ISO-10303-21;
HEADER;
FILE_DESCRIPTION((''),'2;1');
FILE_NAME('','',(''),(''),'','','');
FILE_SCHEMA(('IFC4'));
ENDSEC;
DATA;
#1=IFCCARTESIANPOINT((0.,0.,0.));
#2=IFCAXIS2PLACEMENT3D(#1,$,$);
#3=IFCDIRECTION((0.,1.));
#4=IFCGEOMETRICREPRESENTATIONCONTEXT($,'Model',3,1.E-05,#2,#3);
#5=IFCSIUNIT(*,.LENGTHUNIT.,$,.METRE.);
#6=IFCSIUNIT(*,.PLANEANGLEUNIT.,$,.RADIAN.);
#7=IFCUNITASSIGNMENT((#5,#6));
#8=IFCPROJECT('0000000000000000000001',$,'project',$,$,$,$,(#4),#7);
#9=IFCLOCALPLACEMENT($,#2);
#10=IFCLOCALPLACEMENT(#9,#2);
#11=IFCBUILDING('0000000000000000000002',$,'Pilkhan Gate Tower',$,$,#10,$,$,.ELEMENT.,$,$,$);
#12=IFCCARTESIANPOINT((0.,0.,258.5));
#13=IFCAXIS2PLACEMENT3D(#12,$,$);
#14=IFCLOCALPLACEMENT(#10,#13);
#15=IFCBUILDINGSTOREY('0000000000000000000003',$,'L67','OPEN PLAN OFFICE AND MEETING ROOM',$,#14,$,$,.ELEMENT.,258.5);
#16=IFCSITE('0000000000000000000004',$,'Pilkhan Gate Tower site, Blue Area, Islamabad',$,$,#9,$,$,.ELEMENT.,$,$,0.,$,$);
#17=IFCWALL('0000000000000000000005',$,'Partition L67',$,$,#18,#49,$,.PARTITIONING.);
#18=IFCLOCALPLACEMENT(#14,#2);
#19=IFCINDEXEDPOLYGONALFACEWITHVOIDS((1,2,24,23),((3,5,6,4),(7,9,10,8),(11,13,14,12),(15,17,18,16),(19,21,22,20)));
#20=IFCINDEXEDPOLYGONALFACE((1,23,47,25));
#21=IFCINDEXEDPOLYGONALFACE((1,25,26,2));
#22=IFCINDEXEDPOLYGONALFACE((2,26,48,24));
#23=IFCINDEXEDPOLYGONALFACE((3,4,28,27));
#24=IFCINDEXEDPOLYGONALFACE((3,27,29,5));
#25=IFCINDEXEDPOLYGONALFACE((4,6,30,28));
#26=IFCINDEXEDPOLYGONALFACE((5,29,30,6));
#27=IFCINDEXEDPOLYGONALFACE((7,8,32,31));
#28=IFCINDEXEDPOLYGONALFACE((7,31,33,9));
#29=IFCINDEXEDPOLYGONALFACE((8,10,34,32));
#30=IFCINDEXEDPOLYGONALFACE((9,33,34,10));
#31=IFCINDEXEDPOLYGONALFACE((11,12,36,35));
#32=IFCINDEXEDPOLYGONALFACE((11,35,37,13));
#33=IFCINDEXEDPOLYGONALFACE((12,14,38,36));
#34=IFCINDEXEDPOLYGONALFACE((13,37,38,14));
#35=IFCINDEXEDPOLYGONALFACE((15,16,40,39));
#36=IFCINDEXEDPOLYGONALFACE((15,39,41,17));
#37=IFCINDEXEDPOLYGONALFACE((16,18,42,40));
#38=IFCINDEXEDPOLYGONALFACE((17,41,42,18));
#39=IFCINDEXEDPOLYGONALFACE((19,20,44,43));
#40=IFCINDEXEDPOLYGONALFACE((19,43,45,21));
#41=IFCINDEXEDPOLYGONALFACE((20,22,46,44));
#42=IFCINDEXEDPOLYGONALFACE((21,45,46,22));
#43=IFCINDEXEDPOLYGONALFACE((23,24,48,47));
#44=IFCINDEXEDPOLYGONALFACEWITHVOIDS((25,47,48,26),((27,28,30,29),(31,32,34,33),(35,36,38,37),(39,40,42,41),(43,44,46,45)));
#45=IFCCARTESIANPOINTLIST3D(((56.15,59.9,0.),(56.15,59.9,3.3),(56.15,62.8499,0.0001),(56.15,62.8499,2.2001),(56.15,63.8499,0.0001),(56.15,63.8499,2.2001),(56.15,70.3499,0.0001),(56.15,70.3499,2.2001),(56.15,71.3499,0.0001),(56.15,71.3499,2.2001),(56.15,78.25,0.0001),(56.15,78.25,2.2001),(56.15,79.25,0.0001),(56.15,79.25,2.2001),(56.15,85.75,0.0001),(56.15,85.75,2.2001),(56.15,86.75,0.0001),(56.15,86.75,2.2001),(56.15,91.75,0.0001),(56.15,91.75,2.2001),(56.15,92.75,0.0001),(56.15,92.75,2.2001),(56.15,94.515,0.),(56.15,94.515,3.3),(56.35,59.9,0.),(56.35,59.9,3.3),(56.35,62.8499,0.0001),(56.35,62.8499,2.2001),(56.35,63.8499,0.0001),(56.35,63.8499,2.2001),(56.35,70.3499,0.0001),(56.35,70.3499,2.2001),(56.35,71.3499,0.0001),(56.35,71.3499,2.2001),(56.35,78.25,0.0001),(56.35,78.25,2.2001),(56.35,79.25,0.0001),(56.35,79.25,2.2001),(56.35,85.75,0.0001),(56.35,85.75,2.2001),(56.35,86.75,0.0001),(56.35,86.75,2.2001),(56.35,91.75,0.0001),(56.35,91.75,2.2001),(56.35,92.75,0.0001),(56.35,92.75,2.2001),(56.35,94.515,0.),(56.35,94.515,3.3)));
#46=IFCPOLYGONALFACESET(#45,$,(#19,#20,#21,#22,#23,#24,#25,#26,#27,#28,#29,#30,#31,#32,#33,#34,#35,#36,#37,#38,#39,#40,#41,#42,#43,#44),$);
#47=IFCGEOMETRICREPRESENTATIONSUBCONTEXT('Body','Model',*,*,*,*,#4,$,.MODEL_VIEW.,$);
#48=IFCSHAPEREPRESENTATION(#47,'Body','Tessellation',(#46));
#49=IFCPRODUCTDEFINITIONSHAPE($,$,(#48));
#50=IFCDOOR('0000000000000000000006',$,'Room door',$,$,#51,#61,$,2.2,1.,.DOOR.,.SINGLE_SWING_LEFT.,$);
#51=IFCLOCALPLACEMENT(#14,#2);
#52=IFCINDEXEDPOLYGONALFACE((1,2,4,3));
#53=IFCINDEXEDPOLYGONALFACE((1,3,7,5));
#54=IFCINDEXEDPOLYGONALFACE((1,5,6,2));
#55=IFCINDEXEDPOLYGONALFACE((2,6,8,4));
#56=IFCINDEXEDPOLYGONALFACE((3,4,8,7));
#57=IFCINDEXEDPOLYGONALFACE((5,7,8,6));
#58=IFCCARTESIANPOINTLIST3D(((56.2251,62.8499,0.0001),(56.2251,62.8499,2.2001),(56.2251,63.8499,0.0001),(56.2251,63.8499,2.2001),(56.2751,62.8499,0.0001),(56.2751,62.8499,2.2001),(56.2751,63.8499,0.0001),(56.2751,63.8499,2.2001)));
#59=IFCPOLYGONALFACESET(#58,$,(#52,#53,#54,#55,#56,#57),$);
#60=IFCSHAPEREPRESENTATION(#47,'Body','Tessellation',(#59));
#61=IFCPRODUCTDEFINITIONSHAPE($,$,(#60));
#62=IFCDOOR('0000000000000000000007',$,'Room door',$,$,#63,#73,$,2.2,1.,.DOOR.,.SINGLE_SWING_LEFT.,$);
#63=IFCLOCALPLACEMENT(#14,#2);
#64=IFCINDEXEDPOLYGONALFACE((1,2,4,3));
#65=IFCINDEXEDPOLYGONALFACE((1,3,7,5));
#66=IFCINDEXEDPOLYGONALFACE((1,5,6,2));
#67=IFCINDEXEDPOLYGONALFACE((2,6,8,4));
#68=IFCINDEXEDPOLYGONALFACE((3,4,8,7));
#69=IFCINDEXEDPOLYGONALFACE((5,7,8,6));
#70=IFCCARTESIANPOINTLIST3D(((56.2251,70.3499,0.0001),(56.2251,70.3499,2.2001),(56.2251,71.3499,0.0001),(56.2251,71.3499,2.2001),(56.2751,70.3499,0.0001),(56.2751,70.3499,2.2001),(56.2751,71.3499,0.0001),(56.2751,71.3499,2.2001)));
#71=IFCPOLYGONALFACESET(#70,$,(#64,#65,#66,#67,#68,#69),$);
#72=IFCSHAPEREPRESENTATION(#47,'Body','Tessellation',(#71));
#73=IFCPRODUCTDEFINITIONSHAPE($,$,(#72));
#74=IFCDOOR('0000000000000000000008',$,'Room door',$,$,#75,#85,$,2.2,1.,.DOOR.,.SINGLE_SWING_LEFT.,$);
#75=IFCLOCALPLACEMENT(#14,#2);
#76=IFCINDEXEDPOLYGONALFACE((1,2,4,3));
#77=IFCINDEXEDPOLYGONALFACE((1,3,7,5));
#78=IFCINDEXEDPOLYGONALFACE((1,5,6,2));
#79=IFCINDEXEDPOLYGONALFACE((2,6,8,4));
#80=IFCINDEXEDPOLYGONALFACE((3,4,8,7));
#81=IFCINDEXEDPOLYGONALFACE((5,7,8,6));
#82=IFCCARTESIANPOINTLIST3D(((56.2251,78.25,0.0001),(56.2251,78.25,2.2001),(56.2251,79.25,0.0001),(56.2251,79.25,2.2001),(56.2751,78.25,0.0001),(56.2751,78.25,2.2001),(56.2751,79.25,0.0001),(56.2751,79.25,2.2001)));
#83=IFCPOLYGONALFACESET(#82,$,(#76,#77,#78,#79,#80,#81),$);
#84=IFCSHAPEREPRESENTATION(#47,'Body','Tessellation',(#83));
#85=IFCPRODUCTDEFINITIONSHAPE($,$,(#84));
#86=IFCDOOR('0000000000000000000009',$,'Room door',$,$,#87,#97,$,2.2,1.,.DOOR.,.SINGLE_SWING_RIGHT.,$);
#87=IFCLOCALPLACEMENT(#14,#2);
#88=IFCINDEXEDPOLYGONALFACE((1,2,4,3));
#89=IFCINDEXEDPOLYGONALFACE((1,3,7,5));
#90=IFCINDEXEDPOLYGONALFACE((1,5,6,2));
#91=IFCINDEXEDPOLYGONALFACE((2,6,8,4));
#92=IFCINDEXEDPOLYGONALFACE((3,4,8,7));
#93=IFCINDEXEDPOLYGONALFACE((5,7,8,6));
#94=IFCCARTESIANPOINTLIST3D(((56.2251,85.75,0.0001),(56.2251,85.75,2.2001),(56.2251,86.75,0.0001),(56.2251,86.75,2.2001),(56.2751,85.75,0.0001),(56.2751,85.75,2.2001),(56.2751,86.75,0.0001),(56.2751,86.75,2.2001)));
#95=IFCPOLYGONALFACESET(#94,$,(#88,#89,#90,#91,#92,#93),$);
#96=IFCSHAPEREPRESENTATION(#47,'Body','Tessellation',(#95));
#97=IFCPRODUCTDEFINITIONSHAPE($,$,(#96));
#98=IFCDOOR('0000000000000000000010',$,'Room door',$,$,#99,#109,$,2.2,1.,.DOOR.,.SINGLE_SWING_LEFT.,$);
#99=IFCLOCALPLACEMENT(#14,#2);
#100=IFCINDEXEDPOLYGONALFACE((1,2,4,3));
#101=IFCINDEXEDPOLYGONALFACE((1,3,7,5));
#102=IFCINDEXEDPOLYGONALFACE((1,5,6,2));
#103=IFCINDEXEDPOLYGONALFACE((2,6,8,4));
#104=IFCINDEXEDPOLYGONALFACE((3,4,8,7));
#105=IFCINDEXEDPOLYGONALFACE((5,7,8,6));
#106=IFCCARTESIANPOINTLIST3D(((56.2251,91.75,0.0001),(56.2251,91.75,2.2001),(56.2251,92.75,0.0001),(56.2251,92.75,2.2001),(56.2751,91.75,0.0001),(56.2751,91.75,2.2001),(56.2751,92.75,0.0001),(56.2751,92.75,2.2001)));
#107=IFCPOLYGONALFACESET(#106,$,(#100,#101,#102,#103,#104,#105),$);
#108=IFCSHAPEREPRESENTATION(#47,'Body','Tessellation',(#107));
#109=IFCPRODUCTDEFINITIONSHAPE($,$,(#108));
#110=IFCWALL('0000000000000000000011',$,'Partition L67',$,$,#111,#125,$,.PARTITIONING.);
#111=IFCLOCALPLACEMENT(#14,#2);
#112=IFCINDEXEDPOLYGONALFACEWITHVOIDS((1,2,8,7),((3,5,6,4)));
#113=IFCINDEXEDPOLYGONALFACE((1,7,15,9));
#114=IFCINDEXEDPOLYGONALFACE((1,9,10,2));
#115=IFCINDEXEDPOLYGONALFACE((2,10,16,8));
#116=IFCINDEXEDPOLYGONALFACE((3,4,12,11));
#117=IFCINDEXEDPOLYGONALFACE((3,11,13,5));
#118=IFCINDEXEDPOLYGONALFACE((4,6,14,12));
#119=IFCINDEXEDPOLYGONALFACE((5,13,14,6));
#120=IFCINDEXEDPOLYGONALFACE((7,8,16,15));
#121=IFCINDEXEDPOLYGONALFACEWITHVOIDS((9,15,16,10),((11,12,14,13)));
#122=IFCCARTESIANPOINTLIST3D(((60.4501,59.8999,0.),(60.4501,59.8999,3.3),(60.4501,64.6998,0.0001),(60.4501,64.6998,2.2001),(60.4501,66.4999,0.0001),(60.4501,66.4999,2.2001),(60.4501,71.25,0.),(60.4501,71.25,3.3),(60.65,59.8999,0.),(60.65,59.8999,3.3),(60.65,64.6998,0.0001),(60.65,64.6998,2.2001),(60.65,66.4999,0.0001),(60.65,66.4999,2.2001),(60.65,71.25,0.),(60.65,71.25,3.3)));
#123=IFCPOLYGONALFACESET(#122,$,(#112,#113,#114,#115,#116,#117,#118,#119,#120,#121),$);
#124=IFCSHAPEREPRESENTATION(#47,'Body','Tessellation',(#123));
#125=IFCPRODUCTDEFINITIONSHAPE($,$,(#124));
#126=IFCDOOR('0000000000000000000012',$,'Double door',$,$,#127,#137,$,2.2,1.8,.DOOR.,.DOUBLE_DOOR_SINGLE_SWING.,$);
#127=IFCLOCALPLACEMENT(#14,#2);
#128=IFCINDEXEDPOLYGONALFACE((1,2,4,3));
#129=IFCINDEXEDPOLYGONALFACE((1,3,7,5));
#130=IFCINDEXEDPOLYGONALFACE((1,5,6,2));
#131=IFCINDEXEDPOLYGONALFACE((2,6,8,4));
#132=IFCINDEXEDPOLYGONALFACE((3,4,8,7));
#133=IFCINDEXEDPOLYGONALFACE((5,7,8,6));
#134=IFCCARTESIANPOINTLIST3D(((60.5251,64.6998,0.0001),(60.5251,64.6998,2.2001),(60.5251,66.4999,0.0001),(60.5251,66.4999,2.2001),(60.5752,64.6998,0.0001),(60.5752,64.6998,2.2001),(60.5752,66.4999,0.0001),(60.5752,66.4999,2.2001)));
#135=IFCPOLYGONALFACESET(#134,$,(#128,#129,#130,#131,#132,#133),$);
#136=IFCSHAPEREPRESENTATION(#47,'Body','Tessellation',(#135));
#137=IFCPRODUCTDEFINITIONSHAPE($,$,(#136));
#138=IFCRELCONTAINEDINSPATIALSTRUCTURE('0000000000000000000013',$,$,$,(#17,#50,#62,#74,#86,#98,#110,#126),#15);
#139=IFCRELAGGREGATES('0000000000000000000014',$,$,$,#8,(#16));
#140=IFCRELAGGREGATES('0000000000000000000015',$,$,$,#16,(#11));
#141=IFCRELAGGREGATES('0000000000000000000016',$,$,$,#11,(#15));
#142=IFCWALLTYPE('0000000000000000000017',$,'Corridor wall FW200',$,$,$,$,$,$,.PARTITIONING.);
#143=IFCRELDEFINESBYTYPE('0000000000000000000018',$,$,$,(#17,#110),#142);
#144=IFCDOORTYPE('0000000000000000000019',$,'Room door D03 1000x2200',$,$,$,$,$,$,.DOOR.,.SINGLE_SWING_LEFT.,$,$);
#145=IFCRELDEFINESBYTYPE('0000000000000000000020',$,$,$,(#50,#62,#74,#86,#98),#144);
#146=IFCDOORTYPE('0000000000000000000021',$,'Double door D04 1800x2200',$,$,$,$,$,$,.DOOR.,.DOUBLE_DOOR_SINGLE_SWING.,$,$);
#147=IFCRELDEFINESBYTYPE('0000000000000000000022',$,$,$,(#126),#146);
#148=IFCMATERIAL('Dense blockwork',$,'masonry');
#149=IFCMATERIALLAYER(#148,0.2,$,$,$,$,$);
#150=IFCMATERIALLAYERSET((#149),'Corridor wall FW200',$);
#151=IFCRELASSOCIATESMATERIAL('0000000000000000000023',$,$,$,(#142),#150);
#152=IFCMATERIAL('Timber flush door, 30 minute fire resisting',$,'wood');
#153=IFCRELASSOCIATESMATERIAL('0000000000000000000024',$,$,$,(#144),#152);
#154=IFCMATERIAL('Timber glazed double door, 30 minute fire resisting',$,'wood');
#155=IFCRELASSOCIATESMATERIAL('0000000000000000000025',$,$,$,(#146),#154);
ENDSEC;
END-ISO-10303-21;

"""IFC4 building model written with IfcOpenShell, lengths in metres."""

from ifc_helpers import new_model, si_unit, direction, frame, frame_2d, origin, place, context, subcontext, project, spatial, rectangle, extrude, material, layer, layer_set, type_object, element, fill, save


model = new_model("IFC4")

# Units and contexts
model_context = context("Model", 3, precision=1e-05, world=origin(), true_north=direction((0.0, 1.0)))
body_context = subcontext(model_context, "Body", "Model", "MODEL_VIEW")
ifc_project = project(units=[si_unit("LENGTHUNIT", "METRE"), si_unit("PLANEANGLEUNIT", "RADIAN")], contexts=[model_context])

# Site, building, storey
site_placement = place(None, origin())
site = spatial("IfcSite", under=ifc_project, at=site_placement, Name="Pilkhan Gate Tower site, Blue Area, Islamabad", CompositionType="ELEMENT", RefElevation=0.0)
building_placement = place(site_placement, origin())
building = spatial("IfcBuilding", under=site, at=building_placement, Name="Pilkhan Gate Tower", CompositionType="ELEMENT")
storey_placement = place(building_placement, frame((0.0, 0.0, 258.5)))
storey = spatial("IfcBuildingStorey", under=building, at=storey_placement, Name="L67", Description="OPEN PLAN OFFICE AND MEETING ROOM", CompositionType="ELEMENT", Elevation=258.5)

# Wall, openings, doors
ifc_material_1 = material(Name="Dense blockwork", Category="masonry")
ifc_layer_1 = layer(ifc_material_1, 0.2)
ifc_layer_set_1 = layer_set([ifc_layer_1], Name="Corridor wall FW200")
wall_type = type_object("IfcWallType", Name="Corridor wall FW200", PredefinedType="PARTITIONING", material=ifc_layer_set_1)
ifc_material_2 = material(Name="Timber flush door, 30 minute fire resisting", Category="wood")
door_type_1 = type_object("IfcDoorType", Name="Room door D03 1000x2200", OperationType="SINGLE_SWING_LEFT", PredefinedType="DOOR", material=ifc_material_2)
wall_1_placement = place(storey_placement, frame((56.25, 59.8999, 0.0), z_axis=(0.0, 0.0, 1.0), x_axis=(0.0, 1.0, 0.0)))
wall_1 = element("IfcWall", 1, at=wall_1_placement, inside=storey, type_object=wall_type, Name="Partition L67", PredefinedType="PARTITIONING", context=body_context, shape_type="SweptSolid", body=[
    extrude(rectangle(XDim=34.615, YDim=0.2, at=frame_2d((17.3076, 0.0))), origin(), (0.0, 0.0, 1.0), 3.3),
])
opening_1_placement = place(wall_1_placement, frame((2.95, 0.0, 0.0)))
opening_1 = element("IfcOpeningElement", 2, at=opening_1_placement, cuts=wall_1, PredefinedType="OPENING", context=body_context, shape_type="SweptSolid", body=[
    extrude(rectangle(XDim=1.0, YDim=2.2, at=frame_2d((0.5, 1.1001))), frame((0.0, 0.1099, 0.0), z_axis=(0.0, -1.0, 0.0), x_axis=(1.0, 0.0, 0.0)), (0.0, 0.0, 1.0), 0.22),
])
opening_2_placement = place(wall_1_placement, frame((10.45, 0.0, 0.0)))
opening_2 = element("IfcOpeningElement", 3, at=opening_2_placement, cuts=wall_1, PredefinedType="OPENING", context=body_context, shape_type="SweptSolid", body=[
    extrude(rectangle(XDim=1.0, YDim=2.2, at=frame_2d((0.5, 1.1001))), frame((0.0, 0.1099, 0.0), z_axis=(0.0, -1.0, 0.0), x_axis=(1.0, 0.0, 0.0)), (0.0, 0.0, 1.0), 0.22),
])
opening_3_placement = place(wall_1_placement, frame((18.3501, 0.0, 0.0)))
opening_3 = element("IfcOpeningElement", 4, at=opening_3_placement, cuts=wall_1, PredefinedType="OPENING", context=body_context, shape_type="SweptSolid", body=[
    extrude(rectangle(XDim=1.0, YDim=2.2, at=frame_2d((0.5, 1.1001))), frame((0.0, 0.1099, 0.0), z_axis=(0.0, -1.0, 0.0), x_axis=(1.0, 0.0, 0.0)), (0.0, 0.0, 1.0), 0.22),
])
opening_4_placement = place(wall_1_placement, frame((25.8501, 0.0, 0.0)))
opening_4 = element("IfcOpeningElement", 5, at=opening_4_placement, cuts=wall_1, PredefinedType="OPENING", context=body_context, shape_type="SweptSolid", body=[
    extrude(rectangle(XDim=1.0, YDim=2.2, at=frame_2d((0.5, 1.1001))), frame((0.0, 0.1099, 0.0), z_axis=(0.0, -1.0, 0.0), x_axis=(1.0, 0.0, 0.0)), (0.0, 0.0, 1.0), 0.22),
])
opening_5_placement = place(wall_1_placement, frame((31.8501, 0.0, 0.0)))
opening_5 = element("IfcOpeningElement", 6, at=opening_5_placement, cuts=wall_1, PredefinedType="OPENING", context=body_context, shape_type="SweptSolid", body=[
    extrude(rectangle(XDim=1.0, YDim=2.2, at=frame_2d((0.5, 1.1001))), frame((0.0, 0.1099, 0.0), z_axis=(0.0, -1.0, 0.0), x_axis=(1.0, 0.0, 0.0)), (0.0, 0.0, 1.0), 0.22),
])
door_1_placement = place(opening_1_placement, origin())
door_1 = element("IfcDoor", 7, at=door_1_placement, inside=storey, type_object=door_type_1, Name="Room door", OperationType="SINGLE_SWING_LEFT", OverallHeight=2.2, OverallWidth=1.0, PredefinedType="DOOR", context=body_context, shape_type="SweptSolid", body=[
    extrude(rectangle(XDim=1.0, YDim=2.2, at=frame_2d((0.5, 1.1001))), frame((0.0, 0.0249, 0.0), z_axis=(0.0, -1.0, 0.0), x_axis=(1.0, 0.0, 0.0)), (0.0, 0.0, 1.0), 0.05),
])
fill(opening_1, door_1)
door_2_placement = place(opening_2_placement, origin())
door_2 = element("IfcDoor", 8, at=door_2_placement, inside=storey, type_object=door_type_1, Name="Room door", OperationType="SINGLE_SWING_LEFT", OverallHeight=2.2, OverallWidth=1.0, PredefinedType="DOOR", context=body_context, shape_type="SweptSolid", body=[
    extrude(rectangle(XDim=1.0, YDim=2.2, at=frame_2d((0.5, 1.1001))), frame((0.0, 0.0249, 0.0), z_axis=(0.0, -1.0, 0.0), x_axis=(1.0, 0.0, 0.0)), (0.0, 0.0, 1.0), 0.05),
])
fill(opening_2, door_2)
door_3_placement = place(opening_3_placement, origin())
door_3 = element("IfcDoor", 9, at=door_3_placement, inside=storey, type_object=door_type_1, Name="Room door", OperationType="SINGLE_SWING_LEFT", OverallHeight=2.2, OverallWidth=1.0, PredefinedType="DOOR", context=body_context, shape_type="SweptSolid", body=[
    extrude(rectangle(XDim=1.0, YDim=2.2, at=frame_2d((0.5, 1.1001))), frame((0.0, 0.0249, 0.0), z_axis=(0.0, -1.0, 0.0), x_axis=(1.0, 0.0, 0.0)), (0.0, 0.0, 1.0), 0.05),
])
fill(opening_3, door_3)
door_4_placement = place(opening_4_placement, origin())
door_4 = element("IfcDoor", 10, at=door_4_placement, inside=storey, type_object=door_type_1, Name="Room door", OperationType="SINGLE_SWING_RIGHT", OverallHeight=2.2, OverallWidth=1.0, PredefinedType="DOOR", context=body_context, shape_type="SweptSolid", body=[
    extrude(rectangle(XDim=1.0, YDim=2.2, at=frame_2d((0.5, 1.1001))), frame((0.0, 0.0249, 0.0), z_axis=(0.0, -1.0, 0.0), x_axis=(1.0, 0.0, 0.0)), (0.0, 0.0, 1.0), 0.05),
])
fill(opening_4, door_4)
door_5_placement = place(opening_5_placement, origin())
door_5 = element("IfcDoor", 11, at=door_5_placement, inside=storey, type_object=door_type_1, Name="Room door", OperationType="SINGLE_SWING_LEFT", OverallHeight=2.2, OverallWidth=1.0, PredefinedType="DOOR", context=body_context, shape_type="SweptSolid", body=[
    extrude(rectangle(XDim=1.0, YDim=2.2, at=frame_2d((0.5, 1.1001))), frame((0.0, 0.0249, 0.0), z_axis=(0.0, -1.0, 0.0), x_axis=(1.0, 0.0, 0.0)), (0.0, 0.0, 1.0), 0.05),
])
fill(opening_5, door_5)

# Wall, opening, door
wall_2_placement = place(storey_placement, frame((60.55, 59.8999, 0.0), z_axis=(0.0, 0.0, 1.0), x_axis=(0.0, 1.0, 0.0)))
wall_2 = element("IfcWall", 12, at=wall_2_placement, inside=storey, type_object=wall_type, Name="Partition L67", PredefinedType="PARTITIONING", context=body_context, shape_type="SweptSolid", body=[
    extrude(rectangle(XDim=11.3501, YDim=0.2, at=frame_2d((5.675, 0.0))), origin(), (0.0, 0.0, 1.0), 3.3),
])
opening_6_placement = place(wall_2_placement, frame((4.8, 0.0, 0.0)))
opening_6 = element("IfcOpeningElement", 13, at=opening_6_placement, cuts=wall_2, PredefinedType="OPENING", context=body_context, shape_type="SweptSolid", body=[
    extrude(rectangle(XDim=1.8, YDim=2.2, at=frame_2d((0.8999, 1.1001))), frame((0.0, 0.1099, 0.0), z_axis=(0.0, -1.0, 0.0), x_axis=(1.0, 0.0, 0.0)), (0.0, 0.0, 1.0), 0.22),
])
ifc_material_3 = material(Name="Timber glazed double door, 30 minute fire resisting", Category="wood")
door_type_2 = type_object("IfcDoorType", Name="Double door D04 1800x2200", OperationType="DOUBLE_DOOR_SINGLE_SWING", PredefinedType="DOOR", material=ifc_material_3)
door_6_placement = place(opening_6_placement, origin())
door_6 = element("IfcDoor", 14, at=door_6_placement, inside=storey, type_object=door_type_2, Name="Double door", OperationType="DOUBLE_DOOR_SINGLE_SWING", OverallHeight=2.2, OverallWidth=1.8, PredefinedType="DOOR", context=body_context, shape_type="SweptSolid", body=[
    extrude(rectangle(XDim=1.8, YDim=2.2, at=frame_2d((0.8999, 1.1001))), frame((0.0, 0.0249, 0.0), z_axis=(0.0, -1.0, 0.0), x_axis=(1.0, 0.0, 0.0)), (0.0, 0.0, 1.0), 0.05),
])
fill(opening_6, door_6)

save(model, "model.ifc")
